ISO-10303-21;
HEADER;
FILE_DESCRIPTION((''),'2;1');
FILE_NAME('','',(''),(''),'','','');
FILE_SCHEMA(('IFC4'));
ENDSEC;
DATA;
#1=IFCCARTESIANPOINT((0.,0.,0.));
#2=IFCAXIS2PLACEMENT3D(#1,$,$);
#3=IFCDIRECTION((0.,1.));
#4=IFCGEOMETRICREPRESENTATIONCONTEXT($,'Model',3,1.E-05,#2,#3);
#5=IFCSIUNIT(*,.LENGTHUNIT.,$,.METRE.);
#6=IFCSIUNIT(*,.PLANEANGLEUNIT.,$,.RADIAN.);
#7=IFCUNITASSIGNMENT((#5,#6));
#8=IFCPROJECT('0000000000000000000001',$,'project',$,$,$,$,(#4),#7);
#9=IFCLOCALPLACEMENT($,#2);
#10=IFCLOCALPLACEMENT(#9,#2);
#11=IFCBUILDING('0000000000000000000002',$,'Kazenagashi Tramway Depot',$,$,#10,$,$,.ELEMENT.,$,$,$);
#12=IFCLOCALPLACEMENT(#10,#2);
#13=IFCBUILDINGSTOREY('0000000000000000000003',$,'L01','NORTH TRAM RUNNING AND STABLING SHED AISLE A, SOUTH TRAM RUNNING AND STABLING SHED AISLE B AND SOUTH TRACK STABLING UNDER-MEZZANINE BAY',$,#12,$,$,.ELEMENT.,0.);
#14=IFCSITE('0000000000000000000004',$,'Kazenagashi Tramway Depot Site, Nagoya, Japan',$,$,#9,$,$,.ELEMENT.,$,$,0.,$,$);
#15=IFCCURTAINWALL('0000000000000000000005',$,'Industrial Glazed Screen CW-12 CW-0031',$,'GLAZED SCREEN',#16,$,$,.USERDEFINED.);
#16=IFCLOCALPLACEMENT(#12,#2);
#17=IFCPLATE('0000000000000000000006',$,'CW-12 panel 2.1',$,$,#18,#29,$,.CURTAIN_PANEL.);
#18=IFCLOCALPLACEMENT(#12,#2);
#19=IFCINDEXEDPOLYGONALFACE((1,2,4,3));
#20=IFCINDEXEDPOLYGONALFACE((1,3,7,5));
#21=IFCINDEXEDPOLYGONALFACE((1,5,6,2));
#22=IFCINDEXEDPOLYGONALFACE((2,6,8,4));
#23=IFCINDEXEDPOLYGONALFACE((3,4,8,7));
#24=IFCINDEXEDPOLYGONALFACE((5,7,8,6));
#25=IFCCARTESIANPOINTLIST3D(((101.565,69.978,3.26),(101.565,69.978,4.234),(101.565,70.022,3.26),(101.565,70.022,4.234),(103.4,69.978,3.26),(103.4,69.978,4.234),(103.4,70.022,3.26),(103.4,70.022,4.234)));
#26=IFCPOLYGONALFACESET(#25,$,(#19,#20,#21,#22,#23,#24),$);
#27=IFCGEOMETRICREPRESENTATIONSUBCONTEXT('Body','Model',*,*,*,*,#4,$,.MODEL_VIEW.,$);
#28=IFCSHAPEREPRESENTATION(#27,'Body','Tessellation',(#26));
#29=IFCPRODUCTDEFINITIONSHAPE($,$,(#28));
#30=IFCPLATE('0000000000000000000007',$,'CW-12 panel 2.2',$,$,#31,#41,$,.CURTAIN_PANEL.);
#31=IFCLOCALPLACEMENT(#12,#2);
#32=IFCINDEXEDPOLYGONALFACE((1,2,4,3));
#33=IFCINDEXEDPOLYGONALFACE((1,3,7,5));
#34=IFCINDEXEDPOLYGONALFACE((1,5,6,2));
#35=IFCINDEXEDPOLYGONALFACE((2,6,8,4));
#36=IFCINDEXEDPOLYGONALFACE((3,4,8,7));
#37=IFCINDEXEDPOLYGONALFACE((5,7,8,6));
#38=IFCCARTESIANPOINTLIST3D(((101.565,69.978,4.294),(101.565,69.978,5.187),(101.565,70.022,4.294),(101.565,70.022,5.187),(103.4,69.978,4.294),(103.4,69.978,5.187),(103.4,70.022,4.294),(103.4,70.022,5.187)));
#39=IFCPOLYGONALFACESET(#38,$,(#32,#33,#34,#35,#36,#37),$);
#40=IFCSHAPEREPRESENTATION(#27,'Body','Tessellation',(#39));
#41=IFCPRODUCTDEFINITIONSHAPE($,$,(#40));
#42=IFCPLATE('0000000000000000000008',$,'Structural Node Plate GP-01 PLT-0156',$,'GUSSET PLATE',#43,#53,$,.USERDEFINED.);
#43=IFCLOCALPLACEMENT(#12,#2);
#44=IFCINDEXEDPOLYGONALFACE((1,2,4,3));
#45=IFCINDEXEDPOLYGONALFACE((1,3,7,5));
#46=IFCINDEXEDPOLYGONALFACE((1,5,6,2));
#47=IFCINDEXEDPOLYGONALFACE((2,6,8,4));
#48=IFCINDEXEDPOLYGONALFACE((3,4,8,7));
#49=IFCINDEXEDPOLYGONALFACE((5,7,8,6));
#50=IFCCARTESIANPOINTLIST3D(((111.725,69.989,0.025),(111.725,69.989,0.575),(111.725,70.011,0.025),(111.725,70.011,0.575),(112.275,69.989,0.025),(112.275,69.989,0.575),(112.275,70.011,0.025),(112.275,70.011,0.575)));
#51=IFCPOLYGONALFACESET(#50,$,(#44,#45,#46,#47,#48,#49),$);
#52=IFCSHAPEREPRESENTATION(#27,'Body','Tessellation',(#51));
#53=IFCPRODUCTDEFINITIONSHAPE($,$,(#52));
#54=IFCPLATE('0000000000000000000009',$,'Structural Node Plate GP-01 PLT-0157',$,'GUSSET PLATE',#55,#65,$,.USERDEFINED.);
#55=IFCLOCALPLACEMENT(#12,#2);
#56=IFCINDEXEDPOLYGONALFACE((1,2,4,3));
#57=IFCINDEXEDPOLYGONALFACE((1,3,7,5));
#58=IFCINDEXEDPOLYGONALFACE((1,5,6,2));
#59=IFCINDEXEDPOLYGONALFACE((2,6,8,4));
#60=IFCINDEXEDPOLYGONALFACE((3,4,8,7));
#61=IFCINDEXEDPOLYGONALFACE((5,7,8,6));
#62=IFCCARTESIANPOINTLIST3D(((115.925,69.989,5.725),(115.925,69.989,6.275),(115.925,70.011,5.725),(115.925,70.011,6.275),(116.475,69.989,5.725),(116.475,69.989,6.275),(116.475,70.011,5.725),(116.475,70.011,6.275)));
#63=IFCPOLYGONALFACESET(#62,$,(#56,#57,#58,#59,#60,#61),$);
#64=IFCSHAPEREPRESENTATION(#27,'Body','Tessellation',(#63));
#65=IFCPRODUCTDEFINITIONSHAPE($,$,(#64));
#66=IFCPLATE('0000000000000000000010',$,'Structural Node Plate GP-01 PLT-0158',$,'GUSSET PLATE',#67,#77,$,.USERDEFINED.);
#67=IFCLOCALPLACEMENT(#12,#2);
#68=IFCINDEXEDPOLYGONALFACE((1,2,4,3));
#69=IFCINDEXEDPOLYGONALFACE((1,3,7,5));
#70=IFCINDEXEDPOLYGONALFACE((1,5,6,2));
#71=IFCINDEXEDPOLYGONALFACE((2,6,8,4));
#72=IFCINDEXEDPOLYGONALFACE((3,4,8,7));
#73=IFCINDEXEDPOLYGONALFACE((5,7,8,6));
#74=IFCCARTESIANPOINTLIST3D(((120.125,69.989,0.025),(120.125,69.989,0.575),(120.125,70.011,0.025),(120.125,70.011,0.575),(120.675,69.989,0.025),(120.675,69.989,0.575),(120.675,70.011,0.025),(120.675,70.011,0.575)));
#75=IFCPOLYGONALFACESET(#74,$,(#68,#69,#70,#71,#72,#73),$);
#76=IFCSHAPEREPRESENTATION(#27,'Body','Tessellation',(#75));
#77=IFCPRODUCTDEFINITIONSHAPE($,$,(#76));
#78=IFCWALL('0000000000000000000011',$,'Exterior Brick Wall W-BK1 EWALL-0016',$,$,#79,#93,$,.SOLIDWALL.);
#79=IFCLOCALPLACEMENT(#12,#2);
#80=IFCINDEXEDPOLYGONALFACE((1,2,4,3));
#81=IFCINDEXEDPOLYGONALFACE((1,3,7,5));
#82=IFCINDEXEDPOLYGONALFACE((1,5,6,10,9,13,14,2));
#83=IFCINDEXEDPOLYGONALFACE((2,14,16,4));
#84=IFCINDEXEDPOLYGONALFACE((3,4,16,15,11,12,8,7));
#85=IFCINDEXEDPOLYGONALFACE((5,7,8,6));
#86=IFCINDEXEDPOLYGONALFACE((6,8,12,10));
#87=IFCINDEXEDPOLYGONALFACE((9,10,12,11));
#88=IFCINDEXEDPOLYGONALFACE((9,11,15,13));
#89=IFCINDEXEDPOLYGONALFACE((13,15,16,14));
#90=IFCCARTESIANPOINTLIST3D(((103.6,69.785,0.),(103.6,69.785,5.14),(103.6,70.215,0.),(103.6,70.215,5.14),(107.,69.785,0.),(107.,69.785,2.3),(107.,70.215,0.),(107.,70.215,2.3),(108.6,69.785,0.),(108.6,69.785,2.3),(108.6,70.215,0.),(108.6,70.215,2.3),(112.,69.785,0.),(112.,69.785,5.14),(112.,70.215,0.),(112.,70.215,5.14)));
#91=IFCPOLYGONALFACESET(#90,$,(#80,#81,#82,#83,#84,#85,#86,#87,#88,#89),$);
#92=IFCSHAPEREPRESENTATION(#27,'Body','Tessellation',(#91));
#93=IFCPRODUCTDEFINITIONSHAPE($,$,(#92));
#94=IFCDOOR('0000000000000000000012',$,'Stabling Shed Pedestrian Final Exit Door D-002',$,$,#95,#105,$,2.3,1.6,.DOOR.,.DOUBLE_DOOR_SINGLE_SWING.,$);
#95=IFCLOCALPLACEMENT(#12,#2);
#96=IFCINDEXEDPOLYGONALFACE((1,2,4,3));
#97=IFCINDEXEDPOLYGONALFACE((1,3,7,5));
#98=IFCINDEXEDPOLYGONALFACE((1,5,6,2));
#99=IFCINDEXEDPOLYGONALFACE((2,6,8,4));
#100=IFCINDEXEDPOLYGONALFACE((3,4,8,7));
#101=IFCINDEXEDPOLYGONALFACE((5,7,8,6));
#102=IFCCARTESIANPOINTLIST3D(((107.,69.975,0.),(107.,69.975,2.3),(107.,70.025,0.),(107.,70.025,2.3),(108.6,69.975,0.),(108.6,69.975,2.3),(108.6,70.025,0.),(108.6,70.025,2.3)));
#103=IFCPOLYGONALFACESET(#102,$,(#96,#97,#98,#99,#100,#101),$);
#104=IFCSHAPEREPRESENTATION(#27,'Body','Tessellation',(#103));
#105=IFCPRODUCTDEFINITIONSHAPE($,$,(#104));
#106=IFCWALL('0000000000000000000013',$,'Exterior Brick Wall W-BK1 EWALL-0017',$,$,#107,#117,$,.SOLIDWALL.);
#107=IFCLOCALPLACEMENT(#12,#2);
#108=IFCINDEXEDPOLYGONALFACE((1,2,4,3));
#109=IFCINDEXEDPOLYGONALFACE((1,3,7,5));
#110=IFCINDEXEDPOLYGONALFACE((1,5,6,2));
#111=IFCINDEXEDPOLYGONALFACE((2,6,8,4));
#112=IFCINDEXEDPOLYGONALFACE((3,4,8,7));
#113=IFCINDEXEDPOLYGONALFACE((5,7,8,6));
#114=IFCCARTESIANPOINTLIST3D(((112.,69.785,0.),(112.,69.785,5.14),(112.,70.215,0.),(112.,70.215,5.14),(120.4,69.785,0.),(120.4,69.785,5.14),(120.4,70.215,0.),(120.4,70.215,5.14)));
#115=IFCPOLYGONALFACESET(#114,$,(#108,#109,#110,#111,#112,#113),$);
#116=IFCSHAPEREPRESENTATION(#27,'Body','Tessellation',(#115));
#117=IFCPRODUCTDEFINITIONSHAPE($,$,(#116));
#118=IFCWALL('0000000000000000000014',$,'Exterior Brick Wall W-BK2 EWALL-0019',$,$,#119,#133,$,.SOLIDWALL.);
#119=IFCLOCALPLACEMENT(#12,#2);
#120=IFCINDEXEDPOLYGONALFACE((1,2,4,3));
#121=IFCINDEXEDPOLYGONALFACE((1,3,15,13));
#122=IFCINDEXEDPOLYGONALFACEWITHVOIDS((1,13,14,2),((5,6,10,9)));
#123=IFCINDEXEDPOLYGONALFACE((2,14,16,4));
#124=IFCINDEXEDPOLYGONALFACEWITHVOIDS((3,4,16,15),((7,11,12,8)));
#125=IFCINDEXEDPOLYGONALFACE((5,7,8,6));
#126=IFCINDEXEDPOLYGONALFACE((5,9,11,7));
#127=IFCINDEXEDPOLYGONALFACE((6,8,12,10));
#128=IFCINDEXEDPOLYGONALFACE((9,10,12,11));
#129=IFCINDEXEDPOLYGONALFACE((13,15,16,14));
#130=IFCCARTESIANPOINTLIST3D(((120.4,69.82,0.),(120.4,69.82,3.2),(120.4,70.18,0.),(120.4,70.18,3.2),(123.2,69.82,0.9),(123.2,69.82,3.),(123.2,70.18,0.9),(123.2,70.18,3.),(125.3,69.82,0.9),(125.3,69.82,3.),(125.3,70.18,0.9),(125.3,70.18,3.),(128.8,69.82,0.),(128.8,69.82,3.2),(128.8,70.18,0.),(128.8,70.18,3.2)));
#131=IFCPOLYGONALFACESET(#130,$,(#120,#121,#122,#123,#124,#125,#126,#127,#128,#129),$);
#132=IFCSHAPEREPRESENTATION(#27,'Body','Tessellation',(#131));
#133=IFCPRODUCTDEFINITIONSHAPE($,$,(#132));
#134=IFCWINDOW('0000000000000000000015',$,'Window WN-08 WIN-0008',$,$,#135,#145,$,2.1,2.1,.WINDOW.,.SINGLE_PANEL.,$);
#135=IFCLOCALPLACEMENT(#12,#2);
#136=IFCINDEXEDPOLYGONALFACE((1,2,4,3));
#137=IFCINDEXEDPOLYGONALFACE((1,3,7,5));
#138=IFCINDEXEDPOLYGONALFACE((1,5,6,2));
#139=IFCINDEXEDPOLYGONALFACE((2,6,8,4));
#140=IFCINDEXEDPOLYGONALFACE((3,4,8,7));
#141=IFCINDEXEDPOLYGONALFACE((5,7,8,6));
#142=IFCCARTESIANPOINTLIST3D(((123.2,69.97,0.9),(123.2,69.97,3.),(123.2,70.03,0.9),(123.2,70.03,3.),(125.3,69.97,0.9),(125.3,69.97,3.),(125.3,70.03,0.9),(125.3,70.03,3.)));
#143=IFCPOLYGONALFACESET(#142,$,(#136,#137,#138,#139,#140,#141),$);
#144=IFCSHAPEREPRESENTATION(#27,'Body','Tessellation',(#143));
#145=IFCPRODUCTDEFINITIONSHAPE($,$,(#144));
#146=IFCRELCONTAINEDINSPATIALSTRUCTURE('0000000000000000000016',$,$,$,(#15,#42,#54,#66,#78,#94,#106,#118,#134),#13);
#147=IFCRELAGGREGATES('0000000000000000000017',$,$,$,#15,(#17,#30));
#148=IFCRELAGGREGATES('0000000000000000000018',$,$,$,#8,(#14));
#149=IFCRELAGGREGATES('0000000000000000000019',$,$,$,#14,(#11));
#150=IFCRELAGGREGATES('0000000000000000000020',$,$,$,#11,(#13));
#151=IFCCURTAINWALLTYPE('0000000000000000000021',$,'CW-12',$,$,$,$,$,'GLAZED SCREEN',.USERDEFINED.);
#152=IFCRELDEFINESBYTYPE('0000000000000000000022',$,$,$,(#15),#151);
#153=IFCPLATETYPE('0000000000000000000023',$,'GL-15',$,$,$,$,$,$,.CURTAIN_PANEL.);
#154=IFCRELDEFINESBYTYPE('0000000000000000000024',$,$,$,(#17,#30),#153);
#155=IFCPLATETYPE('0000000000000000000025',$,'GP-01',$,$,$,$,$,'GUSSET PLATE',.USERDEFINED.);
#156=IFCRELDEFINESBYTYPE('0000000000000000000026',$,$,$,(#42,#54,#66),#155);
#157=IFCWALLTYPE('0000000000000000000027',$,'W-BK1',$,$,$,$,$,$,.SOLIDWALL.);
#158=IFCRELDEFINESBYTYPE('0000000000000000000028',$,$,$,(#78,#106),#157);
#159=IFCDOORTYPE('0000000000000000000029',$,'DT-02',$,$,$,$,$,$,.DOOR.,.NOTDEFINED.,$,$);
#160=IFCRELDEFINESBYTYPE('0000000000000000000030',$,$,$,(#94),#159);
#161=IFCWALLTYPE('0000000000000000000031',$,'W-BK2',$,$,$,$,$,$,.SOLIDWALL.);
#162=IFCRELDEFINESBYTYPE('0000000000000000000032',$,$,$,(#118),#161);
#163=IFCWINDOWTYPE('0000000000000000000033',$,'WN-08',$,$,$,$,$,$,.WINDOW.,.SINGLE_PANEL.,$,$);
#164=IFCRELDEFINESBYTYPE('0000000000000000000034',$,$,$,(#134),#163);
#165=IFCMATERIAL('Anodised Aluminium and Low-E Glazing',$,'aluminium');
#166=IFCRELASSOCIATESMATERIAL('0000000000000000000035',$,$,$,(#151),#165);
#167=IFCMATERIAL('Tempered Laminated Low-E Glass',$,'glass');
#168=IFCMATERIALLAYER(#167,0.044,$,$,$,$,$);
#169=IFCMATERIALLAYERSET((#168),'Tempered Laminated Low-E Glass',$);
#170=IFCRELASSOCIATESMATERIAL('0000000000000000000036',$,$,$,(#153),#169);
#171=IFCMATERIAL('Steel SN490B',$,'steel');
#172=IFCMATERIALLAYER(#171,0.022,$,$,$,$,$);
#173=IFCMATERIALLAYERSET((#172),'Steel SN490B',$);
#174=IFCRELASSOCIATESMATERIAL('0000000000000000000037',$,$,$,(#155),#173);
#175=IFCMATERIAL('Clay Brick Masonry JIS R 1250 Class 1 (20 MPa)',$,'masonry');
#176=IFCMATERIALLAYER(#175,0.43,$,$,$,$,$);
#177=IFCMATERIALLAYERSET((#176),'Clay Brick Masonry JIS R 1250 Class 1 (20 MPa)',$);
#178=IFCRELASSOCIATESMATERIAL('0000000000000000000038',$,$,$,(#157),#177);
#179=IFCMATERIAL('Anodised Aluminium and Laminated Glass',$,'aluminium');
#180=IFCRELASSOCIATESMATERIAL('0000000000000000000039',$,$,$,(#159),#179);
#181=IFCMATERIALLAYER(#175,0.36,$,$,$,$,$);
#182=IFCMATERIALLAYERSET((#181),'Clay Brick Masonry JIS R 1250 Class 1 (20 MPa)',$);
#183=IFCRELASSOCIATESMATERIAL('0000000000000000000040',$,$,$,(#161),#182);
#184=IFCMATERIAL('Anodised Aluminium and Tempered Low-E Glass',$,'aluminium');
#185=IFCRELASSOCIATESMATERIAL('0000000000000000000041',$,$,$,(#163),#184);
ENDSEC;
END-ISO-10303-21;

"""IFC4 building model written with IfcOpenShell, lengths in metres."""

from ifc_helpers import new_model, si_unit, direction, frame, frame_2d, origin, origin_2d, place, context, subcontext, project, spatial, rectangle, extrude, material, layer, layer_set, type_object, element, fill, aggregate, save


model = new_model("IFC4")

# Units and contexts
model_context = context("Model", 3, precision=1e-05, world=origin(), true_north=direction((0.0, 1.0)))
body_context = subcontext(model_context, "Body", "Model", "MODEL_VIEW")
ifc_project = project(units=[si_unit("LENGTHUNIT", "METRE"), si_unit("PLANEANGLEUNIT", "RADIAN")], contexts=[model_context])

# Site, building, storey
site_placement = place(None, origin())
site = spatial("IfcSite", under=ifc_project, at=site_placement, Name="Kazenagashi Tramway Depot Site, Nagoya, Japan", CompositionType="ELEMENT", RefElevation=0.0)
building_placement = place(site_placement, origin())
building = spatial("IfcBuilding", under=site, at=building_placement, Name="Kazenagashi Tramway Depot", CompositionType="ELEMENT")
storey_placement = place(building_placement, origin())
storey = spatial("IfcBuildingStorey", under=building, at=storey_placement, Name="L01", Description="NORTH TRAM RUNNING AND STABLING SHED AISLE A, SOUTH TRAM RUNNING AND STABLING SHED AISLE B AND SOUTH TRACK STABLING UNDER-MEZZANINE BAY", CompositionType="ELEMENT", Elevation=0.0)

# Shared definitions
ifc_material_1 = material(Name="Steel SN490B", Category="steel")

# Curtain wall
ifc_material_2 = material(Name="Anodised Aluminium and Low-E Glazing", Category="aluminium")
curtain_wall_type = type_object("IfcCurtainWallType", Name="CW-12", ElementType="GLAZED SCREEN", PredefinedType="USERDEFINED", material=ifc_material_2)
curtain_wall_1_placement = place(storey_placement, origin())
curtain_wall_1 = element("IfcCurtainWall", 1, at=curtain_wall_1_placement, inside=storey, type_object=curtain_wall_type, Name="Industrial Glazed Screen CW-12 CW-0031", ObjectType="GLAZED SCREEN", PredefinedType="USERDEFINED")

# Plates
ifc_material_3 = material(Name="Tempered Laminated Low-E Glass", Category="glass")
ifc_layer_1 = layer(ifc_material_3, 0.044)
ifc_layer_set_1 = layer_set([ifc_layer_1], Name="Tempered Laminated Low-E Glass")
plate_type_1 = type_object("IfcPlateType", Name="GL-15", PredefinedType="CURTAIN_PANEL", material=ifc_layer_set_1)
plate_1_placement = place(storey_placement, frame((102.4825, 70.0, 3.26), z_axis=(0.0, 0.0, 1.0), x_axis=(1.0, 0.0, 0.0)))
plate_1 = element("IfcPlate", 2, at=plate_1_placement, type_object=plate_type_1, Name="CW-12 panel 2.1", PredefinedType="CURTAIN_PANEL", context=body_context, shape_type="SweptSolid", body=[
    extrude(rectangle(XDim=1.835, YDim=0.044, at=origin_2d()), origin(), (0.0, 0.0, 1.0), 0.974),
])
plate_2_placement = place(storey_placement, frame((102.4825, 70.0, 4.294), z_axis=(0.0, 0.0, 1.0), x_axis=(1.0, 0.0, 0.0)))
plate_2 = element("IfcPlate", 3, at=plate_2_placement, type_object=plate_type_1, Name="CW-12 panel 2.2", PredefinedType="CURTAIN_PANEL", context=body_context, shape_type="SweptSolid", body=[
    extrude(rectangle(XDim=1.835, YDim=0.044, at=origin_2d()), origin(), (0.0, 0.0, 1.0), 0.893),
])
aggregate(curtain_wall_1, [plate_1, plate_2])

# Plates
ifc_layer_2 = layer(ifc_material_1, 0.022)
ifc_layer_set_2 = layer_set([ifc_layer_2], Name="Steel SN490B")
plate_type_2 = type_object("IfcPlateType", Name="GP-01", ElementType="GUSSET PLATE", PredefinedType="USERDEFINED", material=ifc_layer_set_2)
for number, where, z_axis, x_axis, name in (
    (4, (112.0, 70.0, 0.025), (0.0, 0.0, 1.0), (1.0, 0.0, 0.0), "Structural Node Plate GP-01 PLT-0156"),
    (5, (116.2, 70.0, 5.725), (0.0, 0.0, 1.0), (1.0, 0.0, 0.0), "Structural Node Plate GP-01 PLT-0157"),
    (6, (120.4, 70.0, 0.025), (0.0, 0.0, 1.0), (1.0, 0.0, 0.0), "Structural Node Plate GP-01 PLT-0158"),
):
    element("IfcPlate", number, at=place(storey_placement, frame(where, z_axis=z_axis, x_axis=x_axis)), inside=storey, type_object=plate_type_2, Name=name, ObjectType="GUSSET PLATE", PredefinedType="USERDEFINED", context=body_context, shape_type="SweptSolid", body=[
        extrude(rectangle(XDim=0.55, YDim=0.022, at=origin_2d()), origin(), (0.0, 0.0, 1.0), 0.55),
    ])

# Wall, opening, door
ifc_material_4 = material(Name="Clay Brick Masonry JIS R 1250 Class 1 (20 MPa)", Category="masonry")
ifc_layer_3 = layer(ifc_material_4, 0.43)
ifc_layer_set_3 = layer_set([ifc_layer_3], Name="Clay Brick Masonry JIS R 1250 Class 1 (20 MPa)")
wall_type_1 = type_object("IfcWallType", Name="W-BK1", PredefinedType="SOLIDWALL", material=ifc_layer_set_3)
wall_1_placement = place(storey_placement, frame((103.6, 70.0, 0.0), z_axis=(0.0, 0.0, 1.0), x_axis=(1.0, 0.0, 0.0)))
wall_1 = element("IfcWall", 7, at=wall_1_placement, inside=storey, type_object=wall_type_1, Name="Exterior Brick Wall W-BK1 EWALL-0016", PredefinedType="SOLIDWALL", context=body_context, shape_type="SweptSolid", body=[
    extrude(rectangle(XDim=8.4, YDim=0.43, at=frame_2d((4.2, 0.0))), origin(), (0.0, 0.0, 1.0), 5.14),
])
opening_1_placement = place(wall_1_placement, frame((3.4, 0.0, 0.0)))
opening_1 = element("IfcOpeningElement", 8, at=opening_1_placement, cuts=wall_1, PredefinedType="OPENING", context=body_context, shape_type="SweptSolid", body=[
    extrude(rectangle(XDim=1.6, YDim=2.3, at=frame_2d((0.8, 1.15))), frame((0.0, 0.225, 0.0), z_axis=(0.0, -1.0, 0.0), x_axis=(1.0, 0.0, 0.0)), (0.0, 0.0, 1.0), 0.45),
])
ifc_material_5 = material(Name="Anodised Aluminium and Laminated Glass", Category="aluminium")
door_type = type_object("IfcDoorType", Name="DT-02", OperationType="NOTDEFINED", PredefinedType="DOOR", material=ifc_material_5)
door_placement = place(opening_1_placement, frame((1.6, 0.0, 0.0), z_axis=(0.0, 0.0, 1.0), x_axis=(-1.0, 0.0, 0.0)))
door = element("IfcDoor", 9, at=door_placement, inside=storey, type_object=door_type, Name="Stabling Shed Pedestrian Final Exit Door D-002", OperationType="DOUBLE_DOOR_SINGLE_SWING", OverallHeight=2.3, OverallWidth=1.6, PredefinedType="DOOR", context=body_context, shape_type="SweptSolid", body=[
    extrude(rectangle(XDim=1.6, YDim=2.3, at=frame_2d((0.8, 1.15))), frame((0.0, 0.025, 0.0), z_axis=(0.0, -1.0, 0.0), x_axis=(1.0, 0.0, 0.0)), (0.0, 0.0, 1.0), 0.05),
])
fill(opening_1, door)

# Wall
wall_2_placement = place(storey_placement, frame((112.0, 70.0, 0.0), z_axis=(0.0, 0.0, 1.0), x_axis=(1.0, 0.0, 0.0)))
element("IfcWall", 10, at=wall_2_placement, inside=storey, type_object=wall_type_1, Name="Exterior Brick Wall W-BK1 EWALL-0017", PredefinedType="SOLIDWALL", context=body_context, shape_type="SweptSolid", body=[
    extrude(rectangle(XDim=8.4, YDim=0.43, at=frame_2d((4.2, 0.0))), origin(), (0.0, 0.0, 1.0), 5.14),
])

# Wall, opening, window
ifc_layer_4 = layer(ifc_material_4, 0.36)
ifc_layer_set_4 = layer_set([ifc_layer_4], Name="Clay Brick Masonry JIS R 1250 Class 1 (20 MPa)")
wall_type_2 = type_object("IfcWallType", Name="W-BK2", PredefinedType="SOLIDWALL", material=ifc_layer_set_4)
wall_3_placement = place(storey_placement, frame((120.4, 70.0, 0.0), z_axis=(0.0, 0.0, 1.0), x_axis=(1.0, 0.0, 0.0)))
wall_3 = element("IfcWall", 11, at=wall_3_placement, inside=storey, type_object=wall_type_2, Name="Exterior Brick Wall W-BK2 EWALL-0019", PredefinedType="SOLIDWALL", context=body_context, shape_type="SweptSolid", body=[
    extrude(rectangle(XDim=8.4, YDim=0.36, at=frame_2d((4.2, 0.0))), origin(), (0.0, 0.0, 1.0), 3.2),
])
opening_2_placement = place(wall_3_placement, frame((2.8, 0.0, 0.9)))
opening_2 = element("IfcOpeningElement", 12, at=opening_2_placement, cuts=wall_3, PredefinedType="OPENING", context=body_context, shape_type="SweptSolid", body=[
    extrude(rectangle(XDim=2.1, YDim=2.1, at=frame_2d((1.05, 1.05))), frame((0.0, 0.19, 0.0), z_axis=(0.0, -1.0, 0.0), x_axis=(1.0, 0.0, 0.0)), (0.0, 0.0, 1.0), 0.38),
])
ifc_material_6 = material(Name="Anodised Aluminium and Tempered Low-E Glass", Category="aluminium")
window_type = type_object("IfcWindowType", Name="WN-08", PartitioningType="SINGLE_PANEL", PredefinedType="WINDOW", material=ifc_material_6)
window_placement = place(opening_2_placement, origin())
window = element("IfcWindow", 13, at=window_placement, inside=storey, type_object=window_type, Name="Window WN-08 WIN-0008", OverallHeight=2.1, OverallWidth=2.1, PartitioningType="SINGLE_PANEL", PredefinedType="WINDOW", context=body_context, shape_type="SweptSolid", body=[
    extrude(rectangle(XDim=2.1, YDim=2.1, at=frame_2d((1.05, 1.05))), frame((0.0, 0.03, 0.0), z_axis=(0.0, -1.0, 0.0), x_axis=(1.0, 0.0, 0.0)), (0.0, 0.0, 1.0), 0.06),
])
fill(opening_2, window)

save(model, "model.ifc")
